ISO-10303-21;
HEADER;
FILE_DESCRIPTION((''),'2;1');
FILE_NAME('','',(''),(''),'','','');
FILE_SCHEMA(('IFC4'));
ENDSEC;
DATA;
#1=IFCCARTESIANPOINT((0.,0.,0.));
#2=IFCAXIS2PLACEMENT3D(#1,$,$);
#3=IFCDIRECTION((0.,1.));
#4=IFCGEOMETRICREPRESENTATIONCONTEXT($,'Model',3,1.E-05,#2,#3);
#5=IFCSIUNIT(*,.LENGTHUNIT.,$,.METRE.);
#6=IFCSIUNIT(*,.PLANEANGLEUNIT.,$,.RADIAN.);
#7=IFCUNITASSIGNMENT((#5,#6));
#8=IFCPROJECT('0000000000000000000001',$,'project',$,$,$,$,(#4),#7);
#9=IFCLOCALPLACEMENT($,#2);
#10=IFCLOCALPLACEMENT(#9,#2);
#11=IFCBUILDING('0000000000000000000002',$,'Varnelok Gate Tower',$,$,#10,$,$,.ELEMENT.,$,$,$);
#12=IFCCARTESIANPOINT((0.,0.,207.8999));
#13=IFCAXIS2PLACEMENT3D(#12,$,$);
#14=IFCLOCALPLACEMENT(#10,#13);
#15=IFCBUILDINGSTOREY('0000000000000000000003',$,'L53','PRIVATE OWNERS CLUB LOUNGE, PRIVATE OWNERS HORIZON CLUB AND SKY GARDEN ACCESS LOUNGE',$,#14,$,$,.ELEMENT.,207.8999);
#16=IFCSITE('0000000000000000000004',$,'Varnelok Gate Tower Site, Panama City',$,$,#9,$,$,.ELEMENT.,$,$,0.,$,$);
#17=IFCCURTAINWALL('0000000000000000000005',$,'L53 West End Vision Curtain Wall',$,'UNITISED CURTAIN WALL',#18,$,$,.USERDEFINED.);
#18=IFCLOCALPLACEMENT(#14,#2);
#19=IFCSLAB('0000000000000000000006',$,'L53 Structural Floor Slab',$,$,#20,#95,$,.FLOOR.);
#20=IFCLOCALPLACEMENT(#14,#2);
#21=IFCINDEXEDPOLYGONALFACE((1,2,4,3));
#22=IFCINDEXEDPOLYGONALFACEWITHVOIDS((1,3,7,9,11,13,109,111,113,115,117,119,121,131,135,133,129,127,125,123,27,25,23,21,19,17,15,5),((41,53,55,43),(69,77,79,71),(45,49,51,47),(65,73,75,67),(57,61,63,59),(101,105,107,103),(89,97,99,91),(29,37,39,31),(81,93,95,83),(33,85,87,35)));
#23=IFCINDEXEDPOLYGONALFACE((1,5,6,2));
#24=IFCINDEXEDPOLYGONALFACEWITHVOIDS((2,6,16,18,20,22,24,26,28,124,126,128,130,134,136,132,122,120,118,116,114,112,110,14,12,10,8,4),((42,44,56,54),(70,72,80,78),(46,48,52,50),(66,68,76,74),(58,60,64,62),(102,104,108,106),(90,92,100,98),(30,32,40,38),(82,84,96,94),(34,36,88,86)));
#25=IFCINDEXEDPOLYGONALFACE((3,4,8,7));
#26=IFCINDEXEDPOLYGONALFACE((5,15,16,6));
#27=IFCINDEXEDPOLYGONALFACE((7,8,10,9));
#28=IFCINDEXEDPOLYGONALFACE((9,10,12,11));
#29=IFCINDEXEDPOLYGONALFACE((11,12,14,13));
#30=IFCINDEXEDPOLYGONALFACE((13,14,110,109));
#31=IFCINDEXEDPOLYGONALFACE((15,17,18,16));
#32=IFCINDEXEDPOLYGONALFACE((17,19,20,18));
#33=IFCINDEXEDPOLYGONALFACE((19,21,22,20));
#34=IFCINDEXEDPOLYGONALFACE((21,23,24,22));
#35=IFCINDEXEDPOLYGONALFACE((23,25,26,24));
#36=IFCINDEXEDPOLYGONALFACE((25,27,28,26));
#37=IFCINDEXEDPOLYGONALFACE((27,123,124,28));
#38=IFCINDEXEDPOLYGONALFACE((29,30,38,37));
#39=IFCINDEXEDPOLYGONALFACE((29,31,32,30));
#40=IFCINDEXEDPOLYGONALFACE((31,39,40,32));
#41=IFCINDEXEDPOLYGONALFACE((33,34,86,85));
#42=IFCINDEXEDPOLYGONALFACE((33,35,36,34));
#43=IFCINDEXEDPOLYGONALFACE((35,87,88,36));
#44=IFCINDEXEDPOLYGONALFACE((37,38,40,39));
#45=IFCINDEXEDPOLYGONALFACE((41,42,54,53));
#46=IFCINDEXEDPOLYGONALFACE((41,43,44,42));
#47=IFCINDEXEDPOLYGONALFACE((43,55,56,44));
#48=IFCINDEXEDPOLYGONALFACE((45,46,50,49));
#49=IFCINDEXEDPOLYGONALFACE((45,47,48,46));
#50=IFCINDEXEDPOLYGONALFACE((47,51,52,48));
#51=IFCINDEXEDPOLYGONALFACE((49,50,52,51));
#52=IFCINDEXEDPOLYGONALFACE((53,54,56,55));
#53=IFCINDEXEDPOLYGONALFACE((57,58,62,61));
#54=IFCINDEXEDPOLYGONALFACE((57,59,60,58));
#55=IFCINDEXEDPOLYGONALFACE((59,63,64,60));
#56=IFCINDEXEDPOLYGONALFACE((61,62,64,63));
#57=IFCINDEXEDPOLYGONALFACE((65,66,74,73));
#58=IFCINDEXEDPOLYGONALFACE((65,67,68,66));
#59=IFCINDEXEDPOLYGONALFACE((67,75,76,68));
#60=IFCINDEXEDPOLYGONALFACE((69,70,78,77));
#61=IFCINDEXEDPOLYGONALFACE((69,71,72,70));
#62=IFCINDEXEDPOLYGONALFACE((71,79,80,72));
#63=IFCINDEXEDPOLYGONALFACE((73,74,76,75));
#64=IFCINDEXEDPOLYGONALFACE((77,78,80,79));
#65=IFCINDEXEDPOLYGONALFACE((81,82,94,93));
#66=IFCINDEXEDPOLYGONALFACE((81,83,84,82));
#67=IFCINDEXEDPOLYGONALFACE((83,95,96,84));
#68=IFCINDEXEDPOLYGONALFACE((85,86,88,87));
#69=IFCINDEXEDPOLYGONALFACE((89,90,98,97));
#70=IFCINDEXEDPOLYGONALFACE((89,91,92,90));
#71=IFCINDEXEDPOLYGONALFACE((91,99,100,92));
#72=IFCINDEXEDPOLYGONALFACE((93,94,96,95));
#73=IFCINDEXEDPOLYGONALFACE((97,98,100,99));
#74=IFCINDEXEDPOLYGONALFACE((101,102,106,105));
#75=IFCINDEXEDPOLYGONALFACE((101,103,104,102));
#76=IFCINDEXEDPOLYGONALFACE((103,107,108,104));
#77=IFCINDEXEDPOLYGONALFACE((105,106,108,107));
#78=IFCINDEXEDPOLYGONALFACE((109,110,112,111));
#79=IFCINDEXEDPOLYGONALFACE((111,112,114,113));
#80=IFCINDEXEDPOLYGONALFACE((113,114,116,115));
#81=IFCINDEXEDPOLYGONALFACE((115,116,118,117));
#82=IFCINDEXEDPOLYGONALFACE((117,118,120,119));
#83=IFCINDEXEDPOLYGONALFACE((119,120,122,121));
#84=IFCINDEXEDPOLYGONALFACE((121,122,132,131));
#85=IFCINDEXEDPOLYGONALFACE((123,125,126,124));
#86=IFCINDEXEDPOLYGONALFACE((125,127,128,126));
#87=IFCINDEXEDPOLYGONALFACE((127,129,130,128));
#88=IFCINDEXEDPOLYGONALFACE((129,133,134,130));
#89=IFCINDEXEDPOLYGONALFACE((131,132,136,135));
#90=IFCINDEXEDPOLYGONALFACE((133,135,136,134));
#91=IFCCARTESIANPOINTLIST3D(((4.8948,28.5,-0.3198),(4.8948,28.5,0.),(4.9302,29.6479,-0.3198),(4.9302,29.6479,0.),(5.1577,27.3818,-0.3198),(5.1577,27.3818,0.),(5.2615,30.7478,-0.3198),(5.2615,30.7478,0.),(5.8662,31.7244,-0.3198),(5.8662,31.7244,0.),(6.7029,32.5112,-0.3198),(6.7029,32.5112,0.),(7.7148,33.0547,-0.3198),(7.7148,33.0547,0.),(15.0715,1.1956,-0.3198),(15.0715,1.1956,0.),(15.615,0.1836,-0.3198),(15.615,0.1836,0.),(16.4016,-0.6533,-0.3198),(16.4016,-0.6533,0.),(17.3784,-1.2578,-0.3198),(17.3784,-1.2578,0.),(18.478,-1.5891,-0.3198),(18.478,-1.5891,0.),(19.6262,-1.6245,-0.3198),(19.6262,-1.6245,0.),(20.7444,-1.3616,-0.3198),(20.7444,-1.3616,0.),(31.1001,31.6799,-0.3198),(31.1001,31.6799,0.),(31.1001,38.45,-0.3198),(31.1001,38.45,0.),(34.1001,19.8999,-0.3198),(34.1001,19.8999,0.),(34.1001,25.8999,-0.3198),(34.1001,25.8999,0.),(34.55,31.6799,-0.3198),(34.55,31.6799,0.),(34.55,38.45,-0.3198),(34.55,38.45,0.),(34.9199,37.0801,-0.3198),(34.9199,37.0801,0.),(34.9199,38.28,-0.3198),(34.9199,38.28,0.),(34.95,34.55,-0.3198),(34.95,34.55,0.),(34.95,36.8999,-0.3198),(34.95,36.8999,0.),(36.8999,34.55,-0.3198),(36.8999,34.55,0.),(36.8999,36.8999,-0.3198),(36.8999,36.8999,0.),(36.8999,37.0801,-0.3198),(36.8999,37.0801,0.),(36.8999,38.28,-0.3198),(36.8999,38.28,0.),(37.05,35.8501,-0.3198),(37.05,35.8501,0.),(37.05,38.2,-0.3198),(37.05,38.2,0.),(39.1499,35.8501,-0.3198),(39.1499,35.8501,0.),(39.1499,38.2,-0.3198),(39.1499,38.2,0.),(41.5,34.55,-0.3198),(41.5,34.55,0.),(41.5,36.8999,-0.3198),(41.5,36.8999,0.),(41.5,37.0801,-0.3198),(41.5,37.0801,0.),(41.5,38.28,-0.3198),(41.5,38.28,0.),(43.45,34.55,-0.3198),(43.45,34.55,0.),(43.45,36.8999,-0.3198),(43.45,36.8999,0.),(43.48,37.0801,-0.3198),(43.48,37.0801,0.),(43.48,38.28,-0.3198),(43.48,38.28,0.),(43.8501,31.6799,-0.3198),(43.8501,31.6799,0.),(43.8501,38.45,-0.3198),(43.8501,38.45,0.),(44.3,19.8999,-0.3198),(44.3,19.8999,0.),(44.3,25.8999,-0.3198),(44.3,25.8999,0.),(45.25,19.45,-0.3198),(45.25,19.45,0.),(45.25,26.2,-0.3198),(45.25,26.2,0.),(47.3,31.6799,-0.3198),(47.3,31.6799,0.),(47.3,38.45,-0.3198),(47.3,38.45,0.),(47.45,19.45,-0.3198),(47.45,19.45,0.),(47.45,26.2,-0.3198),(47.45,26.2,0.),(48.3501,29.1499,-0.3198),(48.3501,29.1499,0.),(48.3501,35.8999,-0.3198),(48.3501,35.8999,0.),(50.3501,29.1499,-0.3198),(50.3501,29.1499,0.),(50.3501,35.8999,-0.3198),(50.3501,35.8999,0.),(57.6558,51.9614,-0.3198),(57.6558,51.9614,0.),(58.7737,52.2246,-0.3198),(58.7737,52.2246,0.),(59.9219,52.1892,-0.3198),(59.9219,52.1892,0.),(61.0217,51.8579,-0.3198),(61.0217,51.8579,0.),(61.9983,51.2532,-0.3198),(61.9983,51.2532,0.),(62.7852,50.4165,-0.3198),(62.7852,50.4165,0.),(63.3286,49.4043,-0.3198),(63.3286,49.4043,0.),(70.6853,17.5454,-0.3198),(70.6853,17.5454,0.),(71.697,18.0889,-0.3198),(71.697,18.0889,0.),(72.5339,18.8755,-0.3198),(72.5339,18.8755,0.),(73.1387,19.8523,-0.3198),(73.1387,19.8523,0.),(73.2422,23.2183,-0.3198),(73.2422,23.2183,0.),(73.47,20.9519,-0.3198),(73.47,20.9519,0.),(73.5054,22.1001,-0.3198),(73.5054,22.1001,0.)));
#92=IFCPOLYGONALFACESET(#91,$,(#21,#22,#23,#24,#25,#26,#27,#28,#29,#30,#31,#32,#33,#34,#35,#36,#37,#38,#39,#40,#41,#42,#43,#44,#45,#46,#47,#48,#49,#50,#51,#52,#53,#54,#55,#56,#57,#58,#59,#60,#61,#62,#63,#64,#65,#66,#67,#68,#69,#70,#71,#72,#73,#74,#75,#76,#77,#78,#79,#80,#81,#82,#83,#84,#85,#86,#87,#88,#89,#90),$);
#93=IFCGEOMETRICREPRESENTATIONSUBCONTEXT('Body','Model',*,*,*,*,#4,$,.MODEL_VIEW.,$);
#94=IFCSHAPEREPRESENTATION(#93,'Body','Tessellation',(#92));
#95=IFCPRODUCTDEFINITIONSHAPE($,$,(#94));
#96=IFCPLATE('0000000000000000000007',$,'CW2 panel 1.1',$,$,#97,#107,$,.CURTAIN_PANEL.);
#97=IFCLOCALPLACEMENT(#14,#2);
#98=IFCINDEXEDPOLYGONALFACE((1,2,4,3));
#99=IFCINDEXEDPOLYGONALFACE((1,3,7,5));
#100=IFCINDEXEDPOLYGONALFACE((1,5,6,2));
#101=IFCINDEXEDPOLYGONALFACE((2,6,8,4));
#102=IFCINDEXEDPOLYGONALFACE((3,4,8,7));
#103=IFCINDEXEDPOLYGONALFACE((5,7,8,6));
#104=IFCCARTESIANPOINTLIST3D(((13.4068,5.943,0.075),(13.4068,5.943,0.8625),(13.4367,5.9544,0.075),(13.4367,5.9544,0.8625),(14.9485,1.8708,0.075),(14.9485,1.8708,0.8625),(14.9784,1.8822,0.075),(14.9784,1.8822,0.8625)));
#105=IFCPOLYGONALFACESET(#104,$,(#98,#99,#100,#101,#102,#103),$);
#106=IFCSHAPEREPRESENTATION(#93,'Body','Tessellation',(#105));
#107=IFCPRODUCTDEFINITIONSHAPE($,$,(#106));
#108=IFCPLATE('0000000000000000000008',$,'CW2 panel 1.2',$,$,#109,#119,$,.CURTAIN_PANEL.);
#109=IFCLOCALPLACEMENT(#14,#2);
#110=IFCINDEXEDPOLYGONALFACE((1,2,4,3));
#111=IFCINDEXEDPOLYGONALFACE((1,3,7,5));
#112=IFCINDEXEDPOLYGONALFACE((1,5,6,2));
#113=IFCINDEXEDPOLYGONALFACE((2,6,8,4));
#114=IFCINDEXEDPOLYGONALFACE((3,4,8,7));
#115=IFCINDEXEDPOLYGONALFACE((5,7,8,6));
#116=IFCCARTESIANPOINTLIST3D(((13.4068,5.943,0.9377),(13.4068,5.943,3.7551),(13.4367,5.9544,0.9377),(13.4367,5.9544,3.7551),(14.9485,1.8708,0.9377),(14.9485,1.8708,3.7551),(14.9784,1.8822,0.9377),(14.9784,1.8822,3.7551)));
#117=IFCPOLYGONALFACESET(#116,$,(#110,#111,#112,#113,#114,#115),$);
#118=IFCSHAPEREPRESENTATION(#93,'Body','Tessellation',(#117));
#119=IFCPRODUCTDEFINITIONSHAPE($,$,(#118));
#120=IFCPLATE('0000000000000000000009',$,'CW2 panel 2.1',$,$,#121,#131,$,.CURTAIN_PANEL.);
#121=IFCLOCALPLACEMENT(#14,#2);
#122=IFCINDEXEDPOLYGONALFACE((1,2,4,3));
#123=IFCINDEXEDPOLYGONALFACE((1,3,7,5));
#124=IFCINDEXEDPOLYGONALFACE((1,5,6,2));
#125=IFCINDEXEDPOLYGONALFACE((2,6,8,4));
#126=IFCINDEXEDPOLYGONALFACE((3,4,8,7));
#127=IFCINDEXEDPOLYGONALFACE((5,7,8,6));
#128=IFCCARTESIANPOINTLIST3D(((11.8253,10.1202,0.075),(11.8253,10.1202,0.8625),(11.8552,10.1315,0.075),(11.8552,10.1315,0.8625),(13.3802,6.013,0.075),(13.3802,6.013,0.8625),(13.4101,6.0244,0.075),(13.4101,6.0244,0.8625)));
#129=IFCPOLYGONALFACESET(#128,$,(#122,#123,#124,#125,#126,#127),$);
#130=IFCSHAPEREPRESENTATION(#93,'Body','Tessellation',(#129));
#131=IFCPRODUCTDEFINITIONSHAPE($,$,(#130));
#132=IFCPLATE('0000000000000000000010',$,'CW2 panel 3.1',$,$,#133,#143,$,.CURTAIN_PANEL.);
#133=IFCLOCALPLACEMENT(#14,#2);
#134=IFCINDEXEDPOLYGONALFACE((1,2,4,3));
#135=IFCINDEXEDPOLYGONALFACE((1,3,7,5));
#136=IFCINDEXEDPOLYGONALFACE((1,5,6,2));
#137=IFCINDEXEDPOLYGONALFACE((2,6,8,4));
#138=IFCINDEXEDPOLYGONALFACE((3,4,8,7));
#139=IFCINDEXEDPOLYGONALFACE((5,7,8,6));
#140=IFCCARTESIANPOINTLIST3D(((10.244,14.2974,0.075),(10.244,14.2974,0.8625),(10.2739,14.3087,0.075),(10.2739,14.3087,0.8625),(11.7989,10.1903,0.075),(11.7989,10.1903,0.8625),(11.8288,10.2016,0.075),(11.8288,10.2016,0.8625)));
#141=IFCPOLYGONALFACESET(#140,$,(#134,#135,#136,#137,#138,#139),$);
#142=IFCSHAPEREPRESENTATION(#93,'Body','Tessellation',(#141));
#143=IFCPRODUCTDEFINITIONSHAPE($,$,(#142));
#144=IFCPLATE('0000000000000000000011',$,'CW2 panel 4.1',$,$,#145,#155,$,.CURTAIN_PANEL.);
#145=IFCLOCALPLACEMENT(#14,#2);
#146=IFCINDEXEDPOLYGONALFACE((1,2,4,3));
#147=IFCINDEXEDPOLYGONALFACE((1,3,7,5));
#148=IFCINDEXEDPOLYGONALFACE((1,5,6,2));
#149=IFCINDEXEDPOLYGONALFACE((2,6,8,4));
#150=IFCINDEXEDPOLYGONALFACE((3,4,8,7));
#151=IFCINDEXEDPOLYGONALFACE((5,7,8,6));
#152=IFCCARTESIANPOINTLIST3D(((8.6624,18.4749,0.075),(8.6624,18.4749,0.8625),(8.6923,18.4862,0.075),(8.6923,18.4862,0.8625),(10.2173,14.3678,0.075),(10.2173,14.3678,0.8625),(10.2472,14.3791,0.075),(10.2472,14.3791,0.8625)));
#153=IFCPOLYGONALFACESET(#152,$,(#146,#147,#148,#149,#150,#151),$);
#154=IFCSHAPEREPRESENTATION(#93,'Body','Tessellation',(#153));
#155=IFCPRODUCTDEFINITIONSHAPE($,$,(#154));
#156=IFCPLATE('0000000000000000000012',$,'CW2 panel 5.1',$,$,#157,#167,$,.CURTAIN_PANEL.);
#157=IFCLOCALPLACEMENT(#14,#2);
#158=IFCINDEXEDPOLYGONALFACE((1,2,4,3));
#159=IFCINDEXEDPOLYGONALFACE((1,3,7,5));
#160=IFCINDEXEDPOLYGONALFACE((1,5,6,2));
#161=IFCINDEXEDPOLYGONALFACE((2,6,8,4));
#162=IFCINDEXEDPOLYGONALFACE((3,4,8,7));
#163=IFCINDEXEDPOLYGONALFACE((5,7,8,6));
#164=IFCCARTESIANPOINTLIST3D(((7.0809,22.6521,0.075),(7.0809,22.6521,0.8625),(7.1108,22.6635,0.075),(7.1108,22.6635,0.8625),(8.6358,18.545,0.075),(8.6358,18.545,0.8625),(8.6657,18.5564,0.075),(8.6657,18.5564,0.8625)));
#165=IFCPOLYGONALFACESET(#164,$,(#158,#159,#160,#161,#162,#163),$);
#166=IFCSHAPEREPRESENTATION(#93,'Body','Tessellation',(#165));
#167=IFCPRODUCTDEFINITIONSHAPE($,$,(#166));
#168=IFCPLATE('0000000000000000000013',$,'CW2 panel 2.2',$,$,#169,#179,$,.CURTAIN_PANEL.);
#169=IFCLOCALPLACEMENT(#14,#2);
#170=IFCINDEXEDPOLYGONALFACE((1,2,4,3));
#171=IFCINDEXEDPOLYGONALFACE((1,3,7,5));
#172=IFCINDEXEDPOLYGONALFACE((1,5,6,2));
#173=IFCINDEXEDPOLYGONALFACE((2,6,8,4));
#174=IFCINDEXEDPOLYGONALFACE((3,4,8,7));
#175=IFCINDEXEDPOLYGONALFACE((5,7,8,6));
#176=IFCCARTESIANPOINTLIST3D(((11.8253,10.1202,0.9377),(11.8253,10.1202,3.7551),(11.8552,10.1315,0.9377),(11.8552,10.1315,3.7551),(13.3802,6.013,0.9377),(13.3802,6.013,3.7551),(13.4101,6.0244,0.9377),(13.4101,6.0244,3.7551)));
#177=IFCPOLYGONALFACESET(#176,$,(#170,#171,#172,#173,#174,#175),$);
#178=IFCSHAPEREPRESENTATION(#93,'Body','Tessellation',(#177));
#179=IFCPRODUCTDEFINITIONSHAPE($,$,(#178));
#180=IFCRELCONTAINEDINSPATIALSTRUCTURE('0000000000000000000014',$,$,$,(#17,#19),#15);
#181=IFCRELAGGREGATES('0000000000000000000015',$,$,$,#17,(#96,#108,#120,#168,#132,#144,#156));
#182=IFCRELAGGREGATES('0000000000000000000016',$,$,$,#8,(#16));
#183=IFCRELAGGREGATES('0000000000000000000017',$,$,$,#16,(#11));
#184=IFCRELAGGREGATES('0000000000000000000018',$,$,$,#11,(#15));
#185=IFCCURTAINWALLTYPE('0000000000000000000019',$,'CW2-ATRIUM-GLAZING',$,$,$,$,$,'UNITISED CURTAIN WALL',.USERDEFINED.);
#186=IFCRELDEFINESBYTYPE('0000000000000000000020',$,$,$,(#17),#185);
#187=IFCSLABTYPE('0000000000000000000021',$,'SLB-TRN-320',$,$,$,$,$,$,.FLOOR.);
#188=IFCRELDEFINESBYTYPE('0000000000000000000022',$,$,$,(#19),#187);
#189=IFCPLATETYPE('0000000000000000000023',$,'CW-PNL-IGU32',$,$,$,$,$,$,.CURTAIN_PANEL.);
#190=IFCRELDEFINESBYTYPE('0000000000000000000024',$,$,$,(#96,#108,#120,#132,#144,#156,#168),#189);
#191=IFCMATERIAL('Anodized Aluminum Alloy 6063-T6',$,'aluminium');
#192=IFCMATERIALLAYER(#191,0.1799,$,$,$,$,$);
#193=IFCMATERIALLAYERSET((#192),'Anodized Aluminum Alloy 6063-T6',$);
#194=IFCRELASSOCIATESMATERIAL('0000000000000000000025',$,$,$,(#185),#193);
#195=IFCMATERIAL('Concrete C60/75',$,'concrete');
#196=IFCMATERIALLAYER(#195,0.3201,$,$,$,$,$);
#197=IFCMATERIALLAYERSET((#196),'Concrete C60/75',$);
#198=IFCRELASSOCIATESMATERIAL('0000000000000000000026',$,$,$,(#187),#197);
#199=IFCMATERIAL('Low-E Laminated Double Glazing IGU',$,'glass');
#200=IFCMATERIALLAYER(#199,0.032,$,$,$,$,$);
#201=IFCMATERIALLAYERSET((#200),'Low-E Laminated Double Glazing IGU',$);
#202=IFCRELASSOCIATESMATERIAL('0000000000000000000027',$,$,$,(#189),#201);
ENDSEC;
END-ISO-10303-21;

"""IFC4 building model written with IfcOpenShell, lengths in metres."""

from ifc_helpers import new_model, si_unit, direction, frame, origin, origin_2d, place, context, subcontext, project, spatial, polyline, rectangle, outline, extrude, source, transform, mapped, material, layer, layer_set, type_object, element, aggregate, save


model = new_model("IFC4")

# Units and contexts
model_context = context("Model", 3, precision=1e-05, world=origin(), true_north=direction((0.0, 1.0)))
body_context = subcontext(model_context, "Body", "Model", "MODEL_VIEW")
ifc_project = project(units=[si_unit("LENGTHUNIT", "METRE"), si_unit("PLANEANGLEUNIT", "RADIAN")], contexts=[model_context])

# Site, building, storey
site_placement = place(None, origin())
site = spatial("IfcSite", under=ifc_project, at=site_placement, Name="Varnelok Gate Tower Site, Panama City", CompositionType="ELEMENT", RefElevation=0.0)
building_placement = place(site_placement, origin())
building = spatial("IfcBuilding", under=site, at=building_placement, Name="Varnelok Gate Tower", CompositionType="ELEMENT")
storey_placement = place(building_placement, frame((0.0, 0.0, 207.8999)))
storey = spatial("IfcBuildingStorey", under=building, at=storey_placement, Name="L53", Description="PRIVATE OWNERS CLUB LOUNGE, PRIVATE OWNERS HORIZON CLUB AND SKY GARDEN ACCESS LOUNGE", CompositionType="ELEMENT", Elevation=207.8999)

# Curtain wall
ifc_material_1 = material(Name="Anodized Aluminum Alloy 6063-T6", Category="aluminium")
ifc_layer_1 = layer(ifc_material_1, 0.1799)
ifc_layer_set_1 = layer_set([ifc_layer_1], Name="Anodized Aluminum Alloy 6063-T6")
curtain_wall_type = type_object("IfcCurtainWallType", Name="CW2-ATRIUM-GLAZING", ElementType="UNITISED CURTAIN WALL", PredefinedType="USERDEFINED", material=ifc_layer_set_1)
curtain_wall_placement = place(storey_placement, origin())
curtain_wall = element("IfcCurtainWall", 1, at=curtain_wall_placement, inside=storey, type_object=curtain_wall_type, Name="L53 West End Vision Curtain Wall", ObjectType="UNITISED CURTAIN WALL", PredefinedType="USERDEFINED")

# Slab
ifc_material_2 = material(Name="Concrete C60/75", Category="concrete")
ifc_layer_2 = layer(ifc_material_2, 0.3201)
ifc_layer_set_2 = layer_set([ifc_layer_2], Name="Concrete C60/75")
slab_type_1 = type_object("IfcSlabType", Name="SLB-TRN-320", PredefinedType="FLOOR", material=ifc_layer_set_2)
slab_1_placement = place(storey_placement, frame((0.0, 0.0, -0.3198)))
element("IfcSlab", 2, at=slab_1_placement, inside=storey, type_object=slab_type_1, Name="L53 Structural Floor Slab", PredefinedType="FLOOR", context=body_context, shape_type="SweptSolid", body=[
    extrude(outline(polyline([(15.0715, 1.1956), (15.615, 0.1836), (16.4016, -0.6533), (17.3784, -1.2578), (18.478, -1.5891), (19.6262, -1.6245), (20.7444, -1.3616), (70.6853, 17.5454), (71.697, 18.0889), (72.5339, 18.8755), (73.1387, 19.8523), (73.47, 20.9519), (73.5054, 22.1001), (73.2422, 23.2183), (63.3286, 49.4043), (62.7852, 50.4165), (61.9983, 51.2532), (61.0217, 51.8579), (59.9219, 52.1892), (58.7737, 52.2246), (57.6558, 51.9614), (7.7148, 33.0547), (6.7029, 32.5112), (5.8662, 31.7244), (5.2615, 30.7478), (4.9302, 29.6479), (4.8948, 28.5), (5.1577, 27.3818), (15.0715, 1.1956)]), holes=[polyline([(34.55, 31.6799), (34.55, 38.45), (31.1001, 38.45), (31.1001, 31.6799), (34.55, 31.6799)]), polyline([(47.3, 31.6799), (47.3, 38.45), (43.8501, 38.45), (43.8501, 31.6799), (47.3, 31.6799)]), polyline([(34.95, 34.55), (36.8999, 34.55), (36.8999, 36.8999), (34.95, 36.8999), (34.95, 34.55)]), polyline([(41.5, 34.55), (43.45, 34.55), (43.45, 36.8999), (41.5, 36.8999), (41.5, 34.55)]), polyline([(37.05, 35.8501), (39.1499, 35.8501), (39.1499, 38.2), (37.05, 38.2), (37.05, 35.8501)]), polyline([(48.3501, 29.1499), (50.3501, 29.1499), (50.3501, 35.8999), (48.3501, 35.8999), (48.3501, 29.1499)]), polyline([(45.25, 19.45), (47.45, 19.45), (47.45, 26.2), (45.25, 26.2), (45.25, 19.45)]), polyline([(34.9199, 37.0801), (36.8999, 37.0801), (36.8999, 38.28), (34.9199, 38.28), (34.9199, 37.0801)]), polyline([(41.5, 37.0801), (43.48, 37.0801), (43.48, 38.28), (41.5, 38.28), (41.5, 37.0801)]), polyline([(34.1001, 19.8999), (44.3, 19.8999), (44.3, 25.8999), (34.1001, 25.8999), (34.1001, 19.8999)])]), origin(), (0.0, 0.0, 1.0), 0.3198),
])

# Plates
ifc_material_3 = material(Name="Low-E Laminated Double Glazing IGU", Category="glass")
ifc_layer_3 = layer(ifc_material_3, 0.032)
ifc_layer_set_3 = layer_set([ifc_layer_3], Name="Low-E Laminated Double Glazing IGU")
plate_type = type_object("IfcPlateType", Name="CW-PNL-IGU32", PredefinedType="CURTAIN_PANEL", material=ifc_layer_set_3)
shared_shape_1 = source(origin(), body_context, "Body", "SweptSolid", [
    extrude(rectangle(XDim=4.3542, YDim=0.032, at=origin_2d()), origin(), (0.0, 0.0, 1.0), 0.7876),
])
plate_1_placement = place(storey_placement, frame((14.1926, 3.9126, 0.075), z_axis=(0.0, 0.0, 1.0), x_axis=(-0.354064, 0.935221, 0.0)))
plate_1 = element("IfcPlate", 3, at=plate_1_placement, type_object=plate_type, Name="CW2 panel 1.1", PredefinedType="CURTAIN_PANEL", context=body_context, shape_type="MappedRepresentation", body=[
    mapped(shared_shape_1, transform((0.0, 0.0, 0.0), scale=1.0)),
])
shared_shape_2 = source(origin(), body_context, "Body", "SweptSolid", [
    extrude(rectangle(XDim=4.3542, YDim=0.032, at=origin_2d()), origin(), (0.0, 0.0, 1.0), 2.8174),
])
plate_2_placement = place(storey_placement, frame((14.1926, 3.9126, 0.9377), z_axis=(0.0, 0.0, 1.0), x_axis=(-0.354064, 0.935221, 0.0)))
plate_2 = element("IfcPlate", 4, at=plate_2_placement, type_object=plate_type, Name="CW2 panel 1.2", PredefinedType="CURTAIN_PANEL", context=body_context, shape_type="MappedRepresentation", body=[
    mapped(shared_shape_2, transform((0.0, 0.0, 0.0), scale=1.0)),
])
shared_shape_3 = source(origin(), body_context, "Body", "SweptSolid", [
    extrude(rectangle(XDim=4.3916, YDim=0.032, at=origin_2d()), origin(), (0.0, 0.0, 1.0), 0.7876),
])
plate_3_placement = place(storey_placement, frame((12.6177, 8.0723, 0.075), z_axis=(0.0, 0.0, 1.0), x_axis=(-0.354064, 0.935221, 0.0)))
plate_3 = element("IfcPlate", 5, at=plate_3_placement, type_object=plate_type, Name="CW2 panel 2.1", PredefinedType="CURTAIN_PANEL", context=body_context, shape_type="MappedRepresentation", body=[
    mapped(shared_shape_3, transform((0.0, 0.0, 0.0), scale=1.0)),
])
plate_4_placement = place(storey_placement, frame((11.0364, 12.2495, 0.075), z_axis=(0.0, 0.0, 1.0), x_axis=(-0.354064, 0.935221, 0.0)))
plate_4 = element("IfcPlate", 6, at=plate_4_placement, type_object=plate_type, Name="CW2 panel 3.1", PredefinedType="CURTAIN_PANEL", context=body_context, shape_type="MappedRepresentation", body=[
    mapped(shared_shape_3, transform((0.0, 0.0, 0.0), scale=1.0)),
])
plate_5_placement = place(storey_placement, frame((9.4548, 16.427, 0.075), z_axis=(0.0, 0.0, 1.0), x_axis=(-0.354064, 0.935221, 0.0)))
plate_5 = element("IfcPlate", 7, at=plate_5_placement, type_object=plate_type, Name="CW2 panel 4.1", PredefinedType="CURTAIN_PANEL", context=body_context, shape_type="MappedRepresentation", body=[
    mapped(shared_shape_3, transform((0.0, 0.0, 0.0), scale=1.0)),
])
plate_6_placement = place(storey_placement, frame((7.8733, 20.6042, 0.075), z_axis=(0.0, 0.0, 1.0), x_axis=(-0.354064, 0.935221, 0.0)))
plate_6 = element("IfcPlate", 8, at=plate_6_placement, type_object=plate_type, Name="CW2 panel 5.1", PredefinedType="CURTAIN_PANEL", context=body_context, shape_type="MappedRepresentation", body=[
    mapped(shared_shape_3, transform((0.0, 0.0, 0.0), scale=1.0)),
])
shared_shape_4 = source(origin(), body_context, "Body", "SweptSolid", [
    extrude(rectangle(XDim=4.3916, YDim=0.032, at=origin_2d()), origin(), (0.0, 0.0, 1.0), 2.8174),
])
plate_7_placement = place(storey_placement, frame((12.6177, 8.0723, 0.9377), z_axis=(0.0, 0.0, 1.0), x_axis=(-0.354064, 0.935221, 0.0)))
plate_7 = element("IfcPlate", 9, at=plate_7_placement, type_object=plate_type, Name="CW2 panel 2.2", PredefinedType="CURTAIN_PANEL", context=body_context, shape_type="MappedRepresentation", body=[
    mapped(shared_shape_4, transform((0.0, 0.0, 0.0), scale=1.0)),
])
aggregate(curtain_wall, [plate_1, plate_2, plate_3, plate_7, plate_4, plate_5, plate_6])

save(model, "model.ifc")
